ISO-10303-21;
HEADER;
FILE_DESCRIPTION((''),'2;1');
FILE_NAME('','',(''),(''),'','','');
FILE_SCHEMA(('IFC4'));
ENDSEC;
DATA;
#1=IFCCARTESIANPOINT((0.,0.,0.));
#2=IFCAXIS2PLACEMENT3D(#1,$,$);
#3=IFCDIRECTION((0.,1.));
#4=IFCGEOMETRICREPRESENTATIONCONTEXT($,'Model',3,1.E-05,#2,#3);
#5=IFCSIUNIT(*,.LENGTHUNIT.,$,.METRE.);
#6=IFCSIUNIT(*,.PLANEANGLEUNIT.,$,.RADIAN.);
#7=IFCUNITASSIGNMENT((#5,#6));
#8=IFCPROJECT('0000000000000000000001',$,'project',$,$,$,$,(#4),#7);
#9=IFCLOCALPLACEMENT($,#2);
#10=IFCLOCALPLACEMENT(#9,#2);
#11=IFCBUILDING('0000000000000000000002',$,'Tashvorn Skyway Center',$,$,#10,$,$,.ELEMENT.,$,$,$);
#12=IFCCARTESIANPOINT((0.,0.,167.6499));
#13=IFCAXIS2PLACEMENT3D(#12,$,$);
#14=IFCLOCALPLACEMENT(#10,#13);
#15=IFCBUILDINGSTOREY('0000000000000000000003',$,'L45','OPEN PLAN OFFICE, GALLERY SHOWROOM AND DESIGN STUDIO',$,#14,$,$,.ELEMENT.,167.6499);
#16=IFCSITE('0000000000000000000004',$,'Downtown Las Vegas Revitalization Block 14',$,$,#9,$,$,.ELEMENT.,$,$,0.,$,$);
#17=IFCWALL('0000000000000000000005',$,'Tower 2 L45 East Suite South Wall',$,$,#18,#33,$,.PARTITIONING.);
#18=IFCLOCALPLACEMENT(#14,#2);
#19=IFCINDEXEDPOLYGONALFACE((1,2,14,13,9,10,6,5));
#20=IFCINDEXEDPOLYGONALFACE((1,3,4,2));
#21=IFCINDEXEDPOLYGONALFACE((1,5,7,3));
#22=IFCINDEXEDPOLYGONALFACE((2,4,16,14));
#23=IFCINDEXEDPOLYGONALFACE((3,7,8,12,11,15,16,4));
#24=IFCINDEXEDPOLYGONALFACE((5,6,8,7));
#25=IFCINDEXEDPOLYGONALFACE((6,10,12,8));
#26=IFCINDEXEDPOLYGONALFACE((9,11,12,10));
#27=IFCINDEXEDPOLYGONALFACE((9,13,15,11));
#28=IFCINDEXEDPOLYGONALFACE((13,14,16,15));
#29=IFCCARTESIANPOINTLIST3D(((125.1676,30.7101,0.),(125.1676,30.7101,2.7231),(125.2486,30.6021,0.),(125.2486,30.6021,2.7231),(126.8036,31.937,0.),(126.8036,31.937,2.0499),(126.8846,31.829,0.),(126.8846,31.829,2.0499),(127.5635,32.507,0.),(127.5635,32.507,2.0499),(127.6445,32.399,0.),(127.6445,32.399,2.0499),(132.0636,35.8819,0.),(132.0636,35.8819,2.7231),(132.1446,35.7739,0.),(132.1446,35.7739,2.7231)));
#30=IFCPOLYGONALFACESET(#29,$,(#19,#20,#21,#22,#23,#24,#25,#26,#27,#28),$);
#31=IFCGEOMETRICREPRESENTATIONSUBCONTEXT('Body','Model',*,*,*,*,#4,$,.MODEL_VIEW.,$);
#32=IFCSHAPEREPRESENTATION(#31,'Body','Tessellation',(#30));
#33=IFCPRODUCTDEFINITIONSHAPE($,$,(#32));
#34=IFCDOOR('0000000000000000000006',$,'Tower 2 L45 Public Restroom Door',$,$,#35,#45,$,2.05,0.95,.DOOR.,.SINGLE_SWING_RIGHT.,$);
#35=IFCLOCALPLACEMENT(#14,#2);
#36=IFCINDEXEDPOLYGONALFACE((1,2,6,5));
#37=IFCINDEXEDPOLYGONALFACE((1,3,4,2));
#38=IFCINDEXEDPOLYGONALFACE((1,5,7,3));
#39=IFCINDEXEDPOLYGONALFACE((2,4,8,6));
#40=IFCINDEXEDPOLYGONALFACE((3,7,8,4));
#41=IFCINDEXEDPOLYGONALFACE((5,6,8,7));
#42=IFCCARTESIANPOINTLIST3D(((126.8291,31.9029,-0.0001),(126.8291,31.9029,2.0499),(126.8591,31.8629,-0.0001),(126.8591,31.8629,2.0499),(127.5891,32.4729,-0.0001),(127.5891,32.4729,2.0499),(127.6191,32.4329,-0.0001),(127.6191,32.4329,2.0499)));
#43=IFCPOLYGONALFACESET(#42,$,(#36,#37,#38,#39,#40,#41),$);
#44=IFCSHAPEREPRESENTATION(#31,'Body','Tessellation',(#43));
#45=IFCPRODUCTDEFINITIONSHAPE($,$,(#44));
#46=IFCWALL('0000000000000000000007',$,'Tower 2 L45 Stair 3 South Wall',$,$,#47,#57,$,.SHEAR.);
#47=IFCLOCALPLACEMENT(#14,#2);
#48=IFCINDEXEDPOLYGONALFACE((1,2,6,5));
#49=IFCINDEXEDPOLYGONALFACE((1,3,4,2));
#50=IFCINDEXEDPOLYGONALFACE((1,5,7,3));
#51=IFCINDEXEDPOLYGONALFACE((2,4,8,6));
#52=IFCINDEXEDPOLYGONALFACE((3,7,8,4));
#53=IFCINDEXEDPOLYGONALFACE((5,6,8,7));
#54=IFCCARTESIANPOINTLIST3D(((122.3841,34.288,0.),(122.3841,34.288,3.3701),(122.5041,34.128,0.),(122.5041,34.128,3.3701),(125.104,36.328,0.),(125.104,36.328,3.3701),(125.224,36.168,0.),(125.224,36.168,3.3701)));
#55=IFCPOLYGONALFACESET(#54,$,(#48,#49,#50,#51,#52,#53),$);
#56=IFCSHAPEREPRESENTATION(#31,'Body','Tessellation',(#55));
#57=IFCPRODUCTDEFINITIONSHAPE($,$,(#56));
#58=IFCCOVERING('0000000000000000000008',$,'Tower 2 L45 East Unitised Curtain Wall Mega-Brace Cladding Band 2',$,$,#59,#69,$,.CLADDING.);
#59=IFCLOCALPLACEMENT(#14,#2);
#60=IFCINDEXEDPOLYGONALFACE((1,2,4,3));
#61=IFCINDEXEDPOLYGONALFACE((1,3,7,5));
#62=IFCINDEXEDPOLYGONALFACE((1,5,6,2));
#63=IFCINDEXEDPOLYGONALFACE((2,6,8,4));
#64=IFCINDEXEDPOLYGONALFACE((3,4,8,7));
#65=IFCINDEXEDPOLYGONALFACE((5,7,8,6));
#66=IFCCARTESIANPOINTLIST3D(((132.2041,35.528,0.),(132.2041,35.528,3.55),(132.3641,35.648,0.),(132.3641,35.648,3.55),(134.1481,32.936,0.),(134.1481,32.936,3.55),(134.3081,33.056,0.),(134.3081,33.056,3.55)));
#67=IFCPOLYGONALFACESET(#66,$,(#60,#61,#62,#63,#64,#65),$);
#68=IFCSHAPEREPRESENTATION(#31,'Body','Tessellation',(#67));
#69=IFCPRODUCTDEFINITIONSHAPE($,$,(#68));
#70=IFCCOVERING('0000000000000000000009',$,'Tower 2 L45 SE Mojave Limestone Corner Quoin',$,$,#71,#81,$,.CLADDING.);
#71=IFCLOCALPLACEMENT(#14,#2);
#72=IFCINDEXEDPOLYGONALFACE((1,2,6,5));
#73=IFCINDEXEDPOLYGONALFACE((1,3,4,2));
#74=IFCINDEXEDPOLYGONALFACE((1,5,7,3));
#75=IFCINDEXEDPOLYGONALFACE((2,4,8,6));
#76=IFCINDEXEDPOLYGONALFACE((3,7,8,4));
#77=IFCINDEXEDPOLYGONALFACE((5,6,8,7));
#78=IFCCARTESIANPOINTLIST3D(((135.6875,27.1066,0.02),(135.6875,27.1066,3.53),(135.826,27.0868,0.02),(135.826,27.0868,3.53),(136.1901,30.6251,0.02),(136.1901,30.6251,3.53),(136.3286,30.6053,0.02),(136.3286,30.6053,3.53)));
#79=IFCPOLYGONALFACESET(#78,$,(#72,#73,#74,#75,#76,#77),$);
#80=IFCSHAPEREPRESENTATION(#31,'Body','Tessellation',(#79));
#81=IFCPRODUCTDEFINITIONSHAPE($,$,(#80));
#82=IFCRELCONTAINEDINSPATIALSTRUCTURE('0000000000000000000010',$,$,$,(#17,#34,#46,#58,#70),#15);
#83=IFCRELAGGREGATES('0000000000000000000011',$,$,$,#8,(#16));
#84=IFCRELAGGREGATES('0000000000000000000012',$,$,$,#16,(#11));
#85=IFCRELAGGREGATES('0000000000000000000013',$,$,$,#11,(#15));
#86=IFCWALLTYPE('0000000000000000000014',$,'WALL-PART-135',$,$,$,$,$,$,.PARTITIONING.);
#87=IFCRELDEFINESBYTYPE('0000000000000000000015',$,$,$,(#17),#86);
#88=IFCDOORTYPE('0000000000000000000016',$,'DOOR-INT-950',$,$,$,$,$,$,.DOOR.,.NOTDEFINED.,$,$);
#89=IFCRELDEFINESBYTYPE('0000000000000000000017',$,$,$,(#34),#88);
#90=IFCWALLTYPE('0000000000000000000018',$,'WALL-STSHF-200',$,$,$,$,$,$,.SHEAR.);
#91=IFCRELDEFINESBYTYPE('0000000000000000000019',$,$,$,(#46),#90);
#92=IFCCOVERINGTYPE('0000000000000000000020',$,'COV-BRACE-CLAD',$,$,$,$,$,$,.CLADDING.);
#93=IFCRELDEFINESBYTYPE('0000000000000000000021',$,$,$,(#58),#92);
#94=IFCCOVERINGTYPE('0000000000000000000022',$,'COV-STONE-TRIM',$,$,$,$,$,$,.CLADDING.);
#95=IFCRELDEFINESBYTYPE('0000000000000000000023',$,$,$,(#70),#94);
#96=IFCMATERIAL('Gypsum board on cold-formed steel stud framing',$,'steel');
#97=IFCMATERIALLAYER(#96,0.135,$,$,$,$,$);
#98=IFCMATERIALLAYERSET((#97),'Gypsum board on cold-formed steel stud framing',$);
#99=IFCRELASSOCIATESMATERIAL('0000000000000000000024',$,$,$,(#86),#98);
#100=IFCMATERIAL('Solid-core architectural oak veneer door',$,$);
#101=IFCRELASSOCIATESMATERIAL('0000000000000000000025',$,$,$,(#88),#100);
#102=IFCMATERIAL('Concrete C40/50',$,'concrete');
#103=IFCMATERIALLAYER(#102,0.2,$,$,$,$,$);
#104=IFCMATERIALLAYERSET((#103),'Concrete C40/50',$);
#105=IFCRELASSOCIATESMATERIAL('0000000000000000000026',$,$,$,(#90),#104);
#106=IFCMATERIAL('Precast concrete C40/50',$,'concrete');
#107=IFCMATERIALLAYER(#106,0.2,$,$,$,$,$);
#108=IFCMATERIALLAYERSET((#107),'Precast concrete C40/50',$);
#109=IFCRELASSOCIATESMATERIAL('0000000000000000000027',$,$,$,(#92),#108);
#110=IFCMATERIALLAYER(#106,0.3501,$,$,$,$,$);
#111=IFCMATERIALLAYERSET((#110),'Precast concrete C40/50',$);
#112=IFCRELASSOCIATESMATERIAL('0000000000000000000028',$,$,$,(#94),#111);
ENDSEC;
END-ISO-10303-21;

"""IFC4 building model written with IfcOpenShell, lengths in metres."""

from ifc_helpers import new_model, si_unit, direction, frame, frame_2d, origin, origin_2d, place, context, subcontext, project, spatial, rectangle, extrude, material, layer, layer_set, type_object, element, fill, save


model = new_model("IFC4")

# Units and contexts
model_context = context("Model", 3, precision=1e-05, world=origin(), true_north=direction((0.0, 1.0)))
body_context = subcontext(model_context, "Body", "Model", "MODEL_VIEW")
ifc_project = project(units=[si_unit("LENGTHUNIT", "METRE"), si_unit("PLANEANGLEUNIT", "RADIAN")], contexts=[model_context])

# Site, building, storey
site_placement = place(None, origin())
site = spatial("IfcSite", under=ifc_project, at=site_placement, Name="Downtown Las Vegas Revitalization Block 14", CompositionType="ELEMENT", RefElevation=0.0)
building_placement = place(site_placement, origin())
building = spatial("IfcBuilding", under=site, at=building_placement, Name="Tashvorn Skyway Center", CompositionType="ELEMENT")
storey_placement = place(building_placement, frame((0.0, 0.0, 167.6499)))
storey = spatial("IfcBuildingStorey", under=building, at=storey_placement, Name="L45", Description="OPEN PLAN OFFICE, GALLERY SHOWROOM AND DESIGN STUDIO", CompositionType="ELEMENT", Elevation=167.6499)

# Shared definitions
ifc_material_1 = material(Name="Precast concrete C40/50", Category="concrete")

# Shared definitions
ifc_material_2 = material(Name="Gypsum board on cold-formed steel stud framing", Category="steel")
ifc_layer_1 = layer(ifc_material_2, 0.135)
ifc_layer_set_1 = layer_set([ifc_layer_1], Name="Gypsum board on cold-formed steel stud framing")
wall_type_1 = type_object("IfcWallType", Name="WALL-PART-135", PredefinedType="PARTITIONING", material=ifc_layer_set_1)
ifc_material_3 = material(Name="Solid-core architectural oak veneer door")
door_type_1 = type_object("IfcDoorType", Name="DOOR-INT-950", OperationType="NOTDEFINED", PredefinedType="DOOR", material=ifc_material_3)

# Wall, opening, door
wall_1_placement = place(storey_placement, frame((125.208, 30.656, 0.0), z_axis=(0.0, 0.0, 1.0), x_axis=(0.800007, 0.599991, 0.0)))
wall_1 = element("IfcWall", 1, at=wall_1_placement, inside=storey, type_object=wall_type_1, Name="Tower 2 L45 East Suite South Wall", PredefinedType="PARTITIONING", context=body_context, shape_type="SweptSolid", body=[
    extrude(rectangle(XDim=8.6199, YDim=0.135, at=frame_2d((4.3101, 0.0))), origin(), (0.0, 0.0, 1.0), 2.7231),
])
opening_1_placement = place(wall_1_placement, frame((2.0449, 0.0, 0.0)))
opening_1 = element("IfcOpeningElement", 2, at=opening_1_placement, cuts=wall_1, PredefinedType="OPENING", context=body_context, shape_type="SweptSolid", body=[
    extrude(rectangle(XDim=0.95, YDim=2.05, at=frame_2d((0.4751, 1.0249))), frame((0.0, 0.0774, 0.0), z_axis=(0.0, -1.0, 0.0), x_axis=(1.0, 0.0, 0.0)), (0.0, 0.0, 1.0), 0.155),
])
door_1_placement = place(opening_1_placement, origin())
door_1 = element("IfcDoor", 3, at=door_1_placement, inside=storey, type_object=door_type_1, Name="Tower 2 L45 Public Restroom Door", OperationType="SINGLE_SWING_RIGHT", OverallHeight=2.05, OverallWidth=0.95, PredefinedType="DOOR", context=body_context, shape_type="SweptSolid", body=[
    extrude(rectangle(XDim=0.95, YDim=2.05, at=frame_2d((0.4751, 1.0249))), frame((0.0, 0.0249, 0.0), z_axis=(0.0, -1.0, 0.0), x_axis=(1.0, 0.0, 0.0)), (0.0, 0.0, 1.0), 0.05),
])
fill(opening_1, door_1)

# Wall
ifc_material_4 = material(Name="Concrete C40/50", Category="concrete")
ifc_layer_2 = layer(ifc_material_4, 0.2)
ifc_layer_set_2 = layer_set([ifc_layer_2], Name="Concrete C40/50")
wall_type_2 = type_object("IfcWallType", Name="WALL-STSHF-200", PredefinedType="SHEAR", material=ifc_layer_set_2)
wall_2_placement = place(storey_placement, frame((122.4441, 34.208, 0.0), z_axis=(0.0, 0.0, 1.0), x_axis=(0.799991, 0.600011, 0.0)))
element("IfcWall", 4, at=wall_2_placement, inside=storey, type_object=wall_type_2, Name="Tower 2 L45 Stair 3 South Wall", PredefinedType="SHEAR", context=body_context, shape_type="SweptSolid", body=[
    extrude(rectangle(XDim=3.3999, YDim=0.2, at=frame_2d((1.7, 0.0))), origin(), (0.0, 0.0, 1.0), 3.3701),
])

# Coverings
ifc_layer_3 = layer(ifc_material_1, 0.2)
ifc_layer_set_3 = layer_set([ifc_layer_3], Name="Precast concrete C40/50")
covering_type_1 = type_object("IfcCoveringType", Name="COV-BRACE-CLAD", PredefinedType="CLADDING", material=ifc_layer_set_3)
covering_1_placement = place(storey_placement, frame((133.2561, 34.292, 0.0), z_axis=(0.0, 0.0, 1.0), x_axis=(0.6, -0.8, 0.0)))
element("IfcCovering", 5, at=covering_1_placement, inside=storey, type_object=covering_type_1, Name="Tower 2 L45 East Unitised Curtain Wall Mega-Brace Cladding Band 2", PredefinedType="CLADDING", context=body_context, shape_type="SweptSolid", body=[
    extrude(rectangle(XDim=3.24, YDim=0.2, at=origin_2d()), origin(), (0.0, 0.0, 1.0), 3.55),
])
ifc_layer_4 = layer(ifc_material_1, 0.3501)
ifc_layer_set_4 = layer_set([ifc_layer_4], Name="Precast concrete C40/50")
covering_type_2 = type_object("IfcCoveringType", Name="COV-STONE-TRIM", PredefinedType="CLADDING", material=ifc_layer_set_4)
covering_2_placement = place(storey_placement, frame((136.0081, 28.856, 0.02), z_axis=(0.0, 0.0, 1.0), x_axis=(0.141421, 0.989949, 0.0)))
element("IfcCovering", 6, at=covering_2_placement, inside=storey, type_object=covering_type_2, Name="Tower 2 L45 SE Mojave Limestone Corner Quoin", PredefinedType="CLADDING", context=body_context, shape_type="SweptSolid", body=[
    extrude(rectangle(XDim=3.5542, YDim=0.1399, at=origin_2d()), origin(), (0.0, 0.0, 1.0), 3.51),
])

save(model, "model.ifc")
